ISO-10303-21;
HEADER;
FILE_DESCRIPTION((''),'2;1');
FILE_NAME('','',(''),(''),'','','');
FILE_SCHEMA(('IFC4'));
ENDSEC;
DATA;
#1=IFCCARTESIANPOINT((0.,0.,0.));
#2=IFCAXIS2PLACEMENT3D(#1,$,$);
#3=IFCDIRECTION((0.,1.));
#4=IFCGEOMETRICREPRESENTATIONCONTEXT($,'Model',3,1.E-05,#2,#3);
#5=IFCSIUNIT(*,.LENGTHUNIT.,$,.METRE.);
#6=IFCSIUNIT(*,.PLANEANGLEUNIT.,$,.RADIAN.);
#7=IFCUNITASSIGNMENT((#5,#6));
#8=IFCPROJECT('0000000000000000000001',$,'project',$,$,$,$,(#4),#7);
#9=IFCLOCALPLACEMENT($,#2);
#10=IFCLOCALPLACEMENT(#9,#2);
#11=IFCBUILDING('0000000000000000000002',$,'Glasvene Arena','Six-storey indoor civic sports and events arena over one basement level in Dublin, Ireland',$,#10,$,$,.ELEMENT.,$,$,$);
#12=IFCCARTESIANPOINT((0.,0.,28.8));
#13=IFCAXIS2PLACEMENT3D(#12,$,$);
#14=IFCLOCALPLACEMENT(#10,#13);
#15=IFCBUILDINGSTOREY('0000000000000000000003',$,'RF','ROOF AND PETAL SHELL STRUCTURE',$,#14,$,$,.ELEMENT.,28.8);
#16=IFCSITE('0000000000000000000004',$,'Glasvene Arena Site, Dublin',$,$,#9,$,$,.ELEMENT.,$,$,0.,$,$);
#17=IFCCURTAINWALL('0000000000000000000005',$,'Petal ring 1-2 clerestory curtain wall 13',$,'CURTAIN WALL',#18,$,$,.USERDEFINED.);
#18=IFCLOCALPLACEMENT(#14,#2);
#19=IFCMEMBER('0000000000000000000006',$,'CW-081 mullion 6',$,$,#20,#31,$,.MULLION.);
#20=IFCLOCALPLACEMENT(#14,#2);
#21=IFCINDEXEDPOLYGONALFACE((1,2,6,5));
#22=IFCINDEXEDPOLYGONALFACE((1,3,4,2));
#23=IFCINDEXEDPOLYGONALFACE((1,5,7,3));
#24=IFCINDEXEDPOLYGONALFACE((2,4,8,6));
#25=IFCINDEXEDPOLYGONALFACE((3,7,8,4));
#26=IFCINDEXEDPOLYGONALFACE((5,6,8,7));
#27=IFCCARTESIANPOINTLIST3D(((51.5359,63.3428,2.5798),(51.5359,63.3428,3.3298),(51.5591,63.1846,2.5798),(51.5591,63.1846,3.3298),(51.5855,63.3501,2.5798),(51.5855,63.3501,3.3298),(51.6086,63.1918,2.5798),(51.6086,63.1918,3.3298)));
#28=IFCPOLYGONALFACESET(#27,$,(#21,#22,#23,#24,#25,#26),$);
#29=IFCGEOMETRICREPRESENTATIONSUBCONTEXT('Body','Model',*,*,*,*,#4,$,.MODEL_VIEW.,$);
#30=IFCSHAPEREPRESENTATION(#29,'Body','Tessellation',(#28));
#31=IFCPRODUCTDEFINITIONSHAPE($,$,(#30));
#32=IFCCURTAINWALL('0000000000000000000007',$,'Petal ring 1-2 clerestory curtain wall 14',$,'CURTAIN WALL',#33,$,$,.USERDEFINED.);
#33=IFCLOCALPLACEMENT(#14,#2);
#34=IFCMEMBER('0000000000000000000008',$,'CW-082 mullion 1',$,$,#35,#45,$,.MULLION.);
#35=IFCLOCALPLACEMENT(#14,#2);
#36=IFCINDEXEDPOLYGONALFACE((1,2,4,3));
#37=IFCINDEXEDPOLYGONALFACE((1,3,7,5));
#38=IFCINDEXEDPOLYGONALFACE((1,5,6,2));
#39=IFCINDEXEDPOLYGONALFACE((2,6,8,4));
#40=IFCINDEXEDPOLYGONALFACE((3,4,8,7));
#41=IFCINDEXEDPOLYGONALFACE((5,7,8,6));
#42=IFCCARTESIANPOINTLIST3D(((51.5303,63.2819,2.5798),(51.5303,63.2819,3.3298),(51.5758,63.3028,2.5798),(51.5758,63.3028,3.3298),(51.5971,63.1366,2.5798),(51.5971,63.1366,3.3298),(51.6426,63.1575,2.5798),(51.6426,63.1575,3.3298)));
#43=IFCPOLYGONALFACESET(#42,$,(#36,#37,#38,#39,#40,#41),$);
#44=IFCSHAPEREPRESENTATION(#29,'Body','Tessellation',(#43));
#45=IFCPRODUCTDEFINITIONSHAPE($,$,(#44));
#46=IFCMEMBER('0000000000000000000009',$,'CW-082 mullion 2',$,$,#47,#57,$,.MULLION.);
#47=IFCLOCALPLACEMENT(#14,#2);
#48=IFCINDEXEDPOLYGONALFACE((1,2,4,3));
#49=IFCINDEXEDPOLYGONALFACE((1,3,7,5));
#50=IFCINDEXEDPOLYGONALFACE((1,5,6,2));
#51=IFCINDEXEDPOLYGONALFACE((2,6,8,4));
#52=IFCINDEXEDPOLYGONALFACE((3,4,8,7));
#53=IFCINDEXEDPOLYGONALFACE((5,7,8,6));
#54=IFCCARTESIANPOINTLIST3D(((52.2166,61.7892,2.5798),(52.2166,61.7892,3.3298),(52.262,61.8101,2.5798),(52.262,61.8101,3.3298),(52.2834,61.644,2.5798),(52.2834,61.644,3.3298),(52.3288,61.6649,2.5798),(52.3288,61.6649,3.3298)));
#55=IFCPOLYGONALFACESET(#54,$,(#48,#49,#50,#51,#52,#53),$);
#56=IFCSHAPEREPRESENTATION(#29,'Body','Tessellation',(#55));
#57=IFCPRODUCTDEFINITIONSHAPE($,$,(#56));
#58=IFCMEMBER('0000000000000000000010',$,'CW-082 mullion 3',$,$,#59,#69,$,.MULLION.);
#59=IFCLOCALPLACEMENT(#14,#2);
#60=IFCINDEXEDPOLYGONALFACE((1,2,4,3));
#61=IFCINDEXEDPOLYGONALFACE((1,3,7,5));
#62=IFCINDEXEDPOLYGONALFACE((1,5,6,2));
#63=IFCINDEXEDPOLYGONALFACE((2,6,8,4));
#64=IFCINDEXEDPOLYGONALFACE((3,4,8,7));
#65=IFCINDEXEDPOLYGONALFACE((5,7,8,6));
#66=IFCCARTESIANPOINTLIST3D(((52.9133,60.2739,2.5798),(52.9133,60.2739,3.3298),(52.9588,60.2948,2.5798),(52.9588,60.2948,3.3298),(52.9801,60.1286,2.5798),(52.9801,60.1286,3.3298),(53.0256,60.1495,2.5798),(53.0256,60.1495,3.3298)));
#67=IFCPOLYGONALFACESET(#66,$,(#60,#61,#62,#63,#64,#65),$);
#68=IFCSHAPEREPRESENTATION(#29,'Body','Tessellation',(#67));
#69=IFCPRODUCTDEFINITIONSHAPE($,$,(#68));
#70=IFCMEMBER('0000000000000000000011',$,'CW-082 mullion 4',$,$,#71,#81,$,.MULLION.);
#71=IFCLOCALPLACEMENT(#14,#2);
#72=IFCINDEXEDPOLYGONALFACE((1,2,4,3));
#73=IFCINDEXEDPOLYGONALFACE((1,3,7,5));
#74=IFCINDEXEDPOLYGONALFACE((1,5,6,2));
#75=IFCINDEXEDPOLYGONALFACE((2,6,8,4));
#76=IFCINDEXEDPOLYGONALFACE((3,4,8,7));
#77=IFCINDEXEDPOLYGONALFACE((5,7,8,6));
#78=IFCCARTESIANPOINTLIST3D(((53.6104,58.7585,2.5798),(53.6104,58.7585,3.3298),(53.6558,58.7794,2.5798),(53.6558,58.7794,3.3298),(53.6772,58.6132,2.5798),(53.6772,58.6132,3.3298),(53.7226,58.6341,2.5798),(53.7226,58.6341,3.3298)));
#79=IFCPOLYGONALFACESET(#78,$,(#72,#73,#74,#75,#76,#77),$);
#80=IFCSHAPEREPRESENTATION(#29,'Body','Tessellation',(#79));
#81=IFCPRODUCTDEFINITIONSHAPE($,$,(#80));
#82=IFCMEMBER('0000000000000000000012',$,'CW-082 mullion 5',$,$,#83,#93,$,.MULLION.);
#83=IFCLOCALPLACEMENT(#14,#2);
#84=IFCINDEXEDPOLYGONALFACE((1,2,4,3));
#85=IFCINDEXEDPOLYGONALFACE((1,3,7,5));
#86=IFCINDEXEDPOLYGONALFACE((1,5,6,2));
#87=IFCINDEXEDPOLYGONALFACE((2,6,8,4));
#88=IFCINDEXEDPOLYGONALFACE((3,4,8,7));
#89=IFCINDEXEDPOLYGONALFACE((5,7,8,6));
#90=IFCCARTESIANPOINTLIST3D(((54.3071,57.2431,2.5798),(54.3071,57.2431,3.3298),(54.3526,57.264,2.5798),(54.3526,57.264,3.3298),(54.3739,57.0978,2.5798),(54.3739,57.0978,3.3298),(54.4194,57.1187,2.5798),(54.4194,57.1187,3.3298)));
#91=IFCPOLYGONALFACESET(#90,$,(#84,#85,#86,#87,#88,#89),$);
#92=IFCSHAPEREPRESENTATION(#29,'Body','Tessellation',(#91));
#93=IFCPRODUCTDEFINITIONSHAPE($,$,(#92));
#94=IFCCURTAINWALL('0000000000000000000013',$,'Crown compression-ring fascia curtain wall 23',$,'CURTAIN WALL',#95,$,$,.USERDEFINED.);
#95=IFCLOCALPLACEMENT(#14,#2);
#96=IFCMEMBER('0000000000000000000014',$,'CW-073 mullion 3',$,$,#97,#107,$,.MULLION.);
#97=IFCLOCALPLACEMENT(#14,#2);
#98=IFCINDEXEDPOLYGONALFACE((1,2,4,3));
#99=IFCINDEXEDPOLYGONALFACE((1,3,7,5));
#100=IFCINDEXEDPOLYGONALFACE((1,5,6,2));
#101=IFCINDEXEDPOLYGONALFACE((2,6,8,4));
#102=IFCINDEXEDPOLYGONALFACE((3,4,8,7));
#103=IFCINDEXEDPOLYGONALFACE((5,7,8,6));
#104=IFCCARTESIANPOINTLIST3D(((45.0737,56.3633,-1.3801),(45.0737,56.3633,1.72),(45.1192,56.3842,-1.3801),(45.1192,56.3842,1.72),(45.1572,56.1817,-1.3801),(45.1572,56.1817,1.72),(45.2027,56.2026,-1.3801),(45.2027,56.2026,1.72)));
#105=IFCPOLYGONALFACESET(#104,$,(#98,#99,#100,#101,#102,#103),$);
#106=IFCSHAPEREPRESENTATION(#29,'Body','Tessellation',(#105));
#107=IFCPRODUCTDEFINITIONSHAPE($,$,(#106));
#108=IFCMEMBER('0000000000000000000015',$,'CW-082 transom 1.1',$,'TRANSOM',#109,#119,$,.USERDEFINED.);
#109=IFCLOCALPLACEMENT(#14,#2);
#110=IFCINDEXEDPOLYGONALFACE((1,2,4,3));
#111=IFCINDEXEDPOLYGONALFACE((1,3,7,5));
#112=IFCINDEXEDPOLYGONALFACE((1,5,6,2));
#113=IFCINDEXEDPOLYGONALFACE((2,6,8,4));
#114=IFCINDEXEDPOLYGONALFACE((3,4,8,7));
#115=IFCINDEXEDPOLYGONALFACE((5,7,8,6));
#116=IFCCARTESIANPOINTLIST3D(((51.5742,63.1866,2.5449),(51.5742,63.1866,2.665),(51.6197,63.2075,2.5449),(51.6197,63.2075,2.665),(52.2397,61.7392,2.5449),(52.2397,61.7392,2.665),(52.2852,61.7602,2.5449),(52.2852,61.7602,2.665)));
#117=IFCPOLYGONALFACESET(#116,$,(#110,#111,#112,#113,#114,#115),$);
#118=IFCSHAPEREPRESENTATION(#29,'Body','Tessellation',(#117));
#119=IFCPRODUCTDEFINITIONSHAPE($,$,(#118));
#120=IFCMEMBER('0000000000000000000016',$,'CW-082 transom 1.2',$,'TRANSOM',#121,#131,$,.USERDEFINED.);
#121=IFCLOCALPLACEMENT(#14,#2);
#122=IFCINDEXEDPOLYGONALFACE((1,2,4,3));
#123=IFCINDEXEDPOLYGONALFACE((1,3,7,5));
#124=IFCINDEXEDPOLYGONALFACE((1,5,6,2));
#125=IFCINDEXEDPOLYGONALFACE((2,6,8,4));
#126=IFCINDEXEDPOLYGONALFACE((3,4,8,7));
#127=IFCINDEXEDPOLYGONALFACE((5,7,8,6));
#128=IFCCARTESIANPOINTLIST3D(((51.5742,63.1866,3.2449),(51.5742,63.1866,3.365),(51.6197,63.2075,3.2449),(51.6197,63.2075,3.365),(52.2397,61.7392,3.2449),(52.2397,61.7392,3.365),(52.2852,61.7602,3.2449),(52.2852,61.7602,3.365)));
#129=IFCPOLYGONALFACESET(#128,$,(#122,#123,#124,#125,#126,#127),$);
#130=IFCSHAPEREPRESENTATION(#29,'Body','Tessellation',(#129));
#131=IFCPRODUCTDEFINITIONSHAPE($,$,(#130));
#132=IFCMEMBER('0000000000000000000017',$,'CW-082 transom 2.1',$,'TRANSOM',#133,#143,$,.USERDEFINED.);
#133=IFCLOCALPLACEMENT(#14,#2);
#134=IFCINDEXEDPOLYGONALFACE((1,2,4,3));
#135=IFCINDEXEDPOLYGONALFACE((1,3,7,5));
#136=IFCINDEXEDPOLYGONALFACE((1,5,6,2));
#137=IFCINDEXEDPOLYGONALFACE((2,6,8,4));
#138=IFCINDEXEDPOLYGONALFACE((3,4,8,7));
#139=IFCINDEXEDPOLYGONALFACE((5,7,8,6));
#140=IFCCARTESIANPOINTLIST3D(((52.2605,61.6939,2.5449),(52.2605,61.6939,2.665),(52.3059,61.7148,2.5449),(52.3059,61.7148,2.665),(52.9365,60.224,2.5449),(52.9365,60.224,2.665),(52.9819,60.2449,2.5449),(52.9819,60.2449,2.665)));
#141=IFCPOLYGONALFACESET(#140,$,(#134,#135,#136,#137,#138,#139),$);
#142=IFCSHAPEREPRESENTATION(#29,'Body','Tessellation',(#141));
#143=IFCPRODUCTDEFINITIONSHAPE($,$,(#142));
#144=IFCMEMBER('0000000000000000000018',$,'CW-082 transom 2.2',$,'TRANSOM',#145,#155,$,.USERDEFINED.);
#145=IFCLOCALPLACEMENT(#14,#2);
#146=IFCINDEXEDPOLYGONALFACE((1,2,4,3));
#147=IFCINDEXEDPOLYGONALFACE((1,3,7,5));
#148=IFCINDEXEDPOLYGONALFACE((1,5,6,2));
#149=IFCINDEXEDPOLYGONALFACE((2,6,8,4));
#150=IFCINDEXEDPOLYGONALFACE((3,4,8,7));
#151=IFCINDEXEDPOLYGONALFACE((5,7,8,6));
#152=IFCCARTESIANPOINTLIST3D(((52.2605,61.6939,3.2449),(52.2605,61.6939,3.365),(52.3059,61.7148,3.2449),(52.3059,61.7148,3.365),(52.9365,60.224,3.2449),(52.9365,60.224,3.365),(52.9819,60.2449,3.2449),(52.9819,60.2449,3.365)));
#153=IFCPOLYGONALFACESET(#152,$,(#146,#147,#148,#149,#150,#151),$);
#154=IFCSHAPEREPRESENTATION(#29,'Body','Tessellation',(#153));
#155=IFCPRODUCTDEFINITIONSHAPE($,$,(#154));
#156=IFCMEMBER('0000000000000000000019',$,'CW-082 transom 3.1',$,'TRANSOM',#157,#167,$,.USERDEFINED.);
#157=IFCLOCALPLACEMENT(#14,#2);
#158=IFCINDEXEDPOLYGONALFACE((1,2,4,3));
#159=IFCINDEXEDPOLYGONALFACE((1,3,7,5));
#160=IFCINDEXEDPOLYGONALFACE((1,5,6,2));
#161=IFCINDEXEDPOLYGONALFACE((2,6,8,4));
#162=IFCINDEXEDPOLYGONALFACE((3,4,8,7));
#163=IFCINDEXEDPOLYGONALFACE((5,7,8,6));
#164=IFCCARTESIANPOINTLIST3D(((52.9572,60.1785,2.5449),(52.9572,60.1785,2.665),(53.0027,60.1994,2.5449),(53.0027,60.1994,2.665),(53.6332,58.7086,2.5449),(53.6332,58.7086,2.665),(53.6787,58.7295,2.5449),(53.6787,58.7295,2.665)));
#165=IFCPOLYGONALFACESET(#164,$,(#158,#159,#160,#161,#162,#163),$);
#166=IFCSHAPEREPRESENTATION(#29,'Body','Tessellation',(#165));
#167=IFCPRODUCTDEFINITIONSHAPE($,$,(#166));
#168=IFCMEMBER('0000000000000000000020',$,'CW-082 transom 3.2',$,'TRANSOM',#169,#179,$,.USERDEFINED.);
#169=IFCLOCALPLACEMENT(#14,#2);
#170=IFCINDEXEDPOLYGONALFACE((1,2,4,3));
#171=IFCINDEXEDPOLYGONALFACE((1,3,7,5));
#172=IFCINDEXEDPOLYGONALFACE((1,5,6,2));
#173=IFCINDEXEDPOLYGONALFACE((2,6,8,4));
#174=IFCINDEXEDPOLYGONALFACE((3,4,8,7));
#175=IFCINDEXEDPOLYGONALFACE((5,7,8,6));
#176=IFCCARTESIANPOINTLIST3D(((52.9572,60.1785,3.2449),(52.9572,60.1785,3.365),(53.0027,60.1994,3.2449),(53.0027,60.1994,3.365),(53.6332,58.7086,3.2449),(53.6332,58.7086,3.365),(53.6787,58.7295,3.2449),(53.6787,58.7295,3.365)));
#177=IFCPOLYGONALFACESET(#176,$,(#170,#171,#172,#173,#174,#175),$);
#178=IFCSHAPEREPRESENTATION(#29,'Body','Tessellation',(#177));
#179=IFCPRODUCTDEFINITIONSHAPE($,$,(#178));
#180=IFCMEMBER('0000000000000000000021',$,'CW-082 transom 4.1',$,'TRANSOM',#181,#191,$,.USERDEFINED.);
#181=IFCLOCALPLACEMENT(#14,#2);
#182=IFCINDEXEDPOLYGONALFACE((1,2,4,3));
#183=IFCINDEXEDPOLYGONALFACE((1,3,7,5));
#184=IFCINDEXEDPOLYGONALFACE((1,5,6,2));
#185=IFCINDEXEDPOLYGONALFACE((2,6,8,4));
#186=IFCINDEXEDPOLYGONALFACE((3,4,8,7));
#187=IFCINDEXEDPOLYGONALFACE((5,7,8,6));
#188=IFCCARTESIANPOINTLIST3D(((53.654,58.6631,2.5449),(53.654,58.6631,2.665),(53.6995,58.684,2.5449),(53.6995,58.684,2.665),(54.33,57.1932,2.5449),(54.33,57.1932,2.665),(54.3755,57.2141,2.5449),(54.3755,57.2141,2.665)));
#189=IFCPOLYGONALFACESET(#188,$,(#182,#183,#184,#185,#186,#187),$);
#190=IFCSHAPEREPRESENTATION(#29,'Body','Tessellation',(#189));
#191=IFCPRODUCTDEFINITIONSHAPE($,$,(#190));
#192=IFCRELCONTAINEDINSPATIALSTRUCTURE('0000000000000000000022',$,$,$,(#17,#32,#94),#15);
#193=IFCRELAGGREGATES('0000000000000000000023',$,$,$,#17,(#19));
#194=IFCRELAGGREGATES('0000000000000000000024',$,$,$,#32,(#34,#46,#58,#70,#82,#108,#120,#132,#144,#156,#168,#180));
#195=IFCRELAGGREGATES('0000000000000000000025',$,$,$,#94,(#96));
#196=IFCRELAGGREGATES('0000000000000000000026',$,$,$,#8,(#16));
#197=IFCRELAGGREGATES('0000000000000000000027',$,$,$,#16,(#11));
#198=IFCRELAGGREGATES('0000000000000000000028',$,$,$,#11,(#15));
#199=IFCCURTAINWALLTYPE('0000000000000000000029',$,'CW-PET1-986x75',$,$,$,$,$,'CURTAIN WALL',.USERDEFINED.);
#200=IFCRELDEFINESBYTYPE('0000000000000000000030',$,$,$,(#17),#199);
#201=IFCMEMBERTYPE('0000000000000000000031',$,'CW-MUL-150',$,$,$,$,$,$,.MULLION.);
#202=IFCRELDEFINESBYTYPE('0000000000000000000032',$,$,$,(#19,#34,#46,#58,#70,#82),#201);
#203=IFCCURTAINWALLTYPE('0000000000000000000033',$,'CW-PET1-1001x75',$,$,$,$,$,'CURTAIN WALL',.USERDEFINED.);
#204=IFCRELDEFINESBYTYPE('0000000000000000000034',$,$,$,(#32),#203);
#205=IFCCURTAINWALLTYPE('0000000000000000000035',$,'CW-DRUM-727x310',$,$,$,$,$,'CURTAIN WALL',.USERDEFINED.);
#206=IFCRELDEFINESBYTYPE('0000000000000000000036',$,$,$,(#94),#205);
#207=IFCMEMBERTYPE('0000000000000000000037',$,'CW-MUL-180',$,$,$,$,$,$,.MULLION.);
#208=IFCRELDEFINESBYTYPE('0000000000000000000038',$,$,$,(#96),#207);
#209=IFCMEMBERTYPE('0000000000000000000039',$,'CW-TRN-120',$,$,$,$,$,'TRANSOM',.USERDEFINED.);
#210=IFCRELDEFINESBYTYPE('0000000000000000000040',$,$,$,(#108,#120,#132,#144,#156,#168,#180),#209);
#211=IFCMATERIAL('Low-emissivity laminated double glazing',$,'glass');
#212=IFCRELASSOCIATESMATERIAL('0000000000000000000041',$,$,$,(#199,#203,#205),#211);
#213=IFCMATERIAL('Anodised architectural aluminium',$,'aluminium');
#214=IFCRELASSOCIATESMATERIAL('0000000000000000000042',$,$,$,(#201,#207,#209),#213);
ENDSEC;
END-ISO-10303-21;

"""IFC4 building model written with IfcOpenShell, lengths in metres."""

from ifc_helpers import new_model, si_unit, direction, frame, origin, origin_2d, place, context, subcontext, project, spatial, rectangle, extrude, material, material_profile, profile_set, type_object, element, aggregate, save


model = new_model("IFC4")

# Units and contexts
model_context = context("Model", 3, precision=1e-05, world=origin(), true_north=direction((0.0, 1.0)))
body_context = subcontext(model_context, "Body", "Model", "MODEL_VIEW")
ifc_project = project(units=[si_unit("LENGTHUNIT", "METRE"), si_unit("PLANEANGLEUNIT", "RADIAN")], contexts=[model_context])

# Site, building, storey
site_placement = place(None, origin())
site = spatial("IfcSite", under=ifc_project, at=site_placement, Name="Glasvene Arena Site, Dublin", CompositionType="ELEMENT", RefElevation=0.0)
building_placement = place(site_placement, origin())
building = spatial("IfcBuilding", under=site, at=building_placement, Name="Glasvene Arena", Description="Six-storey indoor civic sports and events arena over one basement level in Dublin, Ireland", CompositionType="ELEMENT")
storey_placement = place(building_placement, frame((0.0, 0.0, 28.8)))
storey = spatial("IfcBuildingStorey", under=building, at=storey_placement, Name="RF", Description="ROOF AND PETAL SHELL STRUCTURE", CompositionType="ELEMENT", Elevation=28.8)

# Curtain wall, member
ifc_material_1 = material(Name="Low-emissivity laminated double glazing", Category="glass")
curtain_wall_type_1 = type_object("IfcCurtainWallType", Name="CW-PET1-986x75", ElementType="CURTAIN WALL", PredefinedType="USERDEFINED", material=ifc_material_1)
curtain_wall_1_placement = place(storey_placement, frame((50.1499, 73.0, 0.0)))
curtain_wall_1 = element("IfcCurtainWall", 1, at=curtain_wall_1_placement, inside=storey, type_object=curtain_wall_type_1, Name="Petal ring 1-2 clerestory curtain wall 13", ObjectType="CURTAIN WALL", PredefinedType="USERDEFINED")
ifc_material_2 = material(Name="Anodised architectural aluminium", Category="aluminium")
ifc_material_profile_1 = material_profile(ifc_material_2, rectangle(XDim=0.05, YDim=0.1599, at=origin_2d()), Name="ALU MULLION 50x160")
ifc_profile_set_1 = profile_set([ifc_material_profile_1], Name="Anodised architectural aluminium")
member_type_1 = type_object("IfcMemberType", Name="CW-MUL-150", PredefinedType="MULLION", material=ifc_profile_set_1)
member_1_placement = place(storey_placement, frame((51.5723, 63.2673, 2.5798), z_axis=(0.0, 0.0, 1.0), x_axis=(0.989489, 0.144608, 0.0)))
member_1 = element("IfcMember", 2, at=member_1_placement, type_object=member_type_1, Name="CW-081 mullion 6", PredefinedType="MULLION", context=body_context, shape_type="SweptSolid", body=[
    extrude(rectangle(XDim=0.05, YDim=0.1599, at=origin_2d()), origin(), (0.0, 0.0, 1.0), 0.75),
])
aggregate(curtain_wall_1, [member_1])

# Curtain wall, members
curtain_wall_type_2 = type_object("IfcCurtainWallType", Name="CW-PET1-1001x75", ElementType="CURTAIN WALL", PredefinedType="USERDEFINED", material=ifc_material_1)
curtain_wall_2_placement = place(storey_placement, frame((51.5759, 63.2424, 0.0)))
curtain_wall_2 = element("IfcCurtainWall", 3, at=curtain_wall_2_placement, inside=storey, type_object=curtain_wall_type_2, Name="Petal ring 1-2 clerestory curtain wall 14", ObjectType="CURTAIN WALL", PredefinedType="USERDEFINED")
member_2_placement = place(storey_placement, frame((51.5864, 63.2197, 2.5798), z_axis=(0.0, 0.0, 1.0), x_axis=(0.908557, 0.417761, 0.0)))
member_2 = element("IfcMember", 4, at=member_2_placement, type_object=member_type_1, Name="CW-082 mullion 1", PredefinedType="MULLION", context=body_context, shape_type="SweptSolid", body=[
    extrude(rectangle(XDim=0.05, YDim=0.1599, at=origin_2d()), origin(), (0.0, 0.0, 1.0), 0.75),
])
member_3_placement = place(storey_placement, frame((52.2727, 61.7271, 2.5798), z_axis=(0.0, 0.0, 1.0), x_axis=(0.908557, 0.417761, 0.0)))
member_3 = element("IfcMember", 5, at=member_3_placement, type_object=member_type_1, Name="CW-082 mullion 2", PredefinedType="MULLION", context=body_context, shape_type="SweptSolid", body=[
    extrude(rectangle(XDim=0.05, YDim=0.1599, at=origin_2d()), origin(), (0.0, 0.0, 1.0), 0.75),
])
member_4_placement = place(storey_placement, frame((52.9695, 60.2117, 2.5798), z_axis=(0.0, 0.0, 1.0), x_axis=(0.908557, 0.417761, 0.0)))
member_4 = element("IfcMember", 6, at=member_4_placement, type_object=member_type_1, Name="CW-082 mullion 3", PredefinedType="MULLION", context=body_context, shape_type="SweptSolid", body=[
    extrude(rectangle(XDim=0.05, YDim=0.1599, at=origin_2d()), origin(), (0.0, 0.0, 1.0), 0.75),
])
member_5_placement = place(storey_placement, frame((53.6665, 58.6963, 2.5798), z_axis=(0.0, 0.0, 1.0), x_axis=(0.908557, 0.417761, 0.0)))
member_5 = element("IfcMember", 7, at=member_5_placement, type_object=member_type_1, Name="CW-082 mullion 4", PredefinedType="MULLION", context=body_context, shape_type="SweptSolid", body=[
    extrude(rectangle(XDim=0.05, YDim=0.1599, at=origin_2d()), origin(), (0.0, 0.0, 1.0), 0.75),
])
member_6_placement = place(storey_placement, frame((54.3633, 57.1809, 2.5798), z_axis=(0.0, 0.0, 1.0), x_axis=(0.908557, 0.417761, 0.0)))
member_6 = element("IfcMember", 8, at=member_6_placement, type_object=member_type_1, Name="CW-082 mullion 5", PredefinedType="MULLION", context=body_context, shape_type="SweptSolid", body=[
    extrude(rectangle(XDim=0.05, YDim=0.1599, at=origin_2d()), origin(), (0.0, 0.0, 1.0), 0.75),
])

# Curtain wall, member
curtain_wall_type_3 = type_object("IfcCurtainWallType", Name="CW-DRUM-727x310", ElementType="CURTAIN WALL", PredefinedType="USERDEFINED", material=ifc_material_1)
curtain_wall_3_placement = place(storey_placement, frame((43.9241, 58.9243, 0.0)))
curtain_wall_3 = element("IfcCurtainWall", 9, at=curtain_wall_3_placement, inside=storey, type_object=curtain_wall_type_3, Name="Crown compression-ring fascia curtain wall 23", ObjectType="CURTAIN WALL", PredefinedType="USERDEFINED")
ifc_material_profile_2 = material_profile(ifc_material_2, rectangle(XDim=0.05, YDim=0.2, at=origin_2d()), Name="ALU MULLION 50x200")
ifc_profile_set_2 = profile_set([ifc_material_profile_2], Name="Anodised architectural aluminium")
member_type_2 = type_object("IfcMemberType", Name="CW-MUL-180", PredefinedType="MULLION", material=ifc_profile_set_2)
member_7_placement = place(storey_placement, frame((45.1382, 56.283, -1.3801), z_axis=(0.0, 0.0, 1.0), x_axis=(0.908603, 0.417661, 0.0)))
member_7 = element("IfcMember", 10, at=member_7_placement, type_object=member_type_2, Name="CW-073 mullion 3", PredefinedType="MULLION", context=body_context, shape_type="SweptSolid", body=[
    extrude(rectangle(XDim=0.05, YDim=0.2, at=origin_2d()), origin(), (0.0, 0.0, 1.0), 3.1001),
])

# Members
ifc_material_profile_3 = material_profile(ifc_material_2, rectangle(XDim=0.05, YDim=0.1201, at=origin_2d()), Name="ALU TRANSOM 50x120")
ifc_profile_set_3 = profile_set([ifc_material_profile_3], Name="Anodised architectural aluminium")
member_type_3 = type_object("IfcMemberType", Name="CW-TRN-120", ElementType="TRANSOM", PredefinedType="USERDEFINED", material=ifc_profile_set_3)
member_8_placement = place(storey_placement, frame((51.5969, 63.197, 2.605), z_axis=(0.417794, -0.908542, 0.0), x_axis=(0.908542, 0.417794, 0.0)))
member_8 = element("IfcMember", 11, at=member_8_placement, type_object=member_type_3, Name="CW-082 transom 1.1", ObjectType="TRANSOM", PredefinedType="USERDEFINED", context=body_context, shape_type="SweptSolid", body=[
    extrude(rectangle(XDim=0.05, YDim=0.1201, at=origin_2d()), origin(), (0.0, 0.0, 1.0), 1.593),
])
member_9_placement = place(storey_placement, frame((51.5969, 63.197, 3.3049), z_axis=(0.417794, -0.908542, 0.0), x_axis=(0.908542, 0.417794, 0.0)))
member_9 = element("IfcMember", 12, at=member_9_placement, type_object=member_type_3, Name="CW-082 transom 1.2", ObjectType="TRANSOM", PredefinedType="USERDEFINED", context=body_context, shape_type="SweptSolid", body=[
    extrude(rectangle(XDim=0.05, YDim=0.1201, at=origin_2d()), origin(), (0.0, 0.0, 1.0), 1.593),
])
member_10_placement = place(storey_placement, frame((52.2832, 61.7043, 2.605), z_axis=(0.417823, -0.908528, 0.0), x_axis=(0.908528, 0.417823, 0.0)))
member_10 = element("IfcMember", 13, at=member_10_placement, type_object=member_type_3, Name="CW-082 transom 2.1", ObjectType="TRANSOM", PredefinedType="USERDEFINED", context=body_context, shape_type="SweptSolid", body=[
    extrude(rectangle(XDim=0.05, YDim=0.1201, at=origin_2d()), origin(), (0.0, 0.0, 1.0), 1.6179),
])
member_11_placement = place(storey_placement, frame((52.2832, 61.7043, 3.3049), z_axis=(0.417823, -0.908528, 0.0), x_axis=(0.908528, 0.417823, 0.0)))
member_11 = element("IfcMember", 14, at=member_11_placement, type_object=member_type_3, Name="CW-082 transom 2.2", ObjectType="TRANSOM", PredefinedType="USERDEFINED", context=body_context, shape_type="SweptSolid", body=[
    extrude(rectangle(XDim=0.05, YDim=0.1201, at=origin_2d()), origin(), (0.0, 0.0, 1.0), 1.6179),
])
member_12_placement = place(storey_placement, frame((52.98, 60.189, 2.605), z_axis=(0.417823, -0.908528, 0.0), x_axis=(0.908528, 0.417823, 0.0)))
member_12 = element("IfcMember", 15, at=member_12_placement, type_object=member_type_3, Name="CW-082 transom 3.1", ObjectType="TRANSOM", PredefinedType="USERDEFINED", context=body_context, shape_type="SweptSolid", body=[
    extrude(rectangle(XDim=0.05, YDim=0.1201, at=origin_2d()), origin(), (0.0, 0.0, 1.0), 1.6179),
])
member_13_placement = place(storey_placement, frame((52.98, 60.189, 3.3049), z_axis=(0.417823, -0.908528, 0.0), x_axis=(0.908528, 0.417823, 0.0)))
member_13 = element("IfcMember", 16, at=member_13_placement, type_object=member_type_3, Name="CW-082 transom 3.2", ObjectType="TRANSOM", PredefinedType="USERDEFINED", context=body_context, shape_type="SweptSolid", body=[
    extrude(rectangle(XDim=0.05, YDim=0.1201, at=origin_2d()), origin(), (0.0, 0.0, 1.0), 1.6179),
])
member_14_placement = place(storey_placement, frame((53.6768, 58.6736, 2.605), z_axis=(0.417823, -0.908528, 0.0), x_axis=(0.908528, 0.417823, 0.0)))
member_14 = element("IfcMember", 17, at=member_14_placement, type_object=member_type_3, Name="CW-082 transom 4.1", ObjectType="TRANSOM", PredefinedType="USERDEFINED", context=body_context, shape_type="SweptSolid", body=[
    extrude(rectangle(XDim=0.05, YDim=0.1201, at=origin_2d()), origin(), (0.0, 0.0, 1.0), 1.6179),
])

aggregate(curtain_wall_2, [member_2, member_3, member_4, member_5, member_6, member_8, member_9, member_10, member_11, member_12, member_13, member_14])
aggregate(curtain_wall_3, [member_7])

save(model, "model.ifc")
